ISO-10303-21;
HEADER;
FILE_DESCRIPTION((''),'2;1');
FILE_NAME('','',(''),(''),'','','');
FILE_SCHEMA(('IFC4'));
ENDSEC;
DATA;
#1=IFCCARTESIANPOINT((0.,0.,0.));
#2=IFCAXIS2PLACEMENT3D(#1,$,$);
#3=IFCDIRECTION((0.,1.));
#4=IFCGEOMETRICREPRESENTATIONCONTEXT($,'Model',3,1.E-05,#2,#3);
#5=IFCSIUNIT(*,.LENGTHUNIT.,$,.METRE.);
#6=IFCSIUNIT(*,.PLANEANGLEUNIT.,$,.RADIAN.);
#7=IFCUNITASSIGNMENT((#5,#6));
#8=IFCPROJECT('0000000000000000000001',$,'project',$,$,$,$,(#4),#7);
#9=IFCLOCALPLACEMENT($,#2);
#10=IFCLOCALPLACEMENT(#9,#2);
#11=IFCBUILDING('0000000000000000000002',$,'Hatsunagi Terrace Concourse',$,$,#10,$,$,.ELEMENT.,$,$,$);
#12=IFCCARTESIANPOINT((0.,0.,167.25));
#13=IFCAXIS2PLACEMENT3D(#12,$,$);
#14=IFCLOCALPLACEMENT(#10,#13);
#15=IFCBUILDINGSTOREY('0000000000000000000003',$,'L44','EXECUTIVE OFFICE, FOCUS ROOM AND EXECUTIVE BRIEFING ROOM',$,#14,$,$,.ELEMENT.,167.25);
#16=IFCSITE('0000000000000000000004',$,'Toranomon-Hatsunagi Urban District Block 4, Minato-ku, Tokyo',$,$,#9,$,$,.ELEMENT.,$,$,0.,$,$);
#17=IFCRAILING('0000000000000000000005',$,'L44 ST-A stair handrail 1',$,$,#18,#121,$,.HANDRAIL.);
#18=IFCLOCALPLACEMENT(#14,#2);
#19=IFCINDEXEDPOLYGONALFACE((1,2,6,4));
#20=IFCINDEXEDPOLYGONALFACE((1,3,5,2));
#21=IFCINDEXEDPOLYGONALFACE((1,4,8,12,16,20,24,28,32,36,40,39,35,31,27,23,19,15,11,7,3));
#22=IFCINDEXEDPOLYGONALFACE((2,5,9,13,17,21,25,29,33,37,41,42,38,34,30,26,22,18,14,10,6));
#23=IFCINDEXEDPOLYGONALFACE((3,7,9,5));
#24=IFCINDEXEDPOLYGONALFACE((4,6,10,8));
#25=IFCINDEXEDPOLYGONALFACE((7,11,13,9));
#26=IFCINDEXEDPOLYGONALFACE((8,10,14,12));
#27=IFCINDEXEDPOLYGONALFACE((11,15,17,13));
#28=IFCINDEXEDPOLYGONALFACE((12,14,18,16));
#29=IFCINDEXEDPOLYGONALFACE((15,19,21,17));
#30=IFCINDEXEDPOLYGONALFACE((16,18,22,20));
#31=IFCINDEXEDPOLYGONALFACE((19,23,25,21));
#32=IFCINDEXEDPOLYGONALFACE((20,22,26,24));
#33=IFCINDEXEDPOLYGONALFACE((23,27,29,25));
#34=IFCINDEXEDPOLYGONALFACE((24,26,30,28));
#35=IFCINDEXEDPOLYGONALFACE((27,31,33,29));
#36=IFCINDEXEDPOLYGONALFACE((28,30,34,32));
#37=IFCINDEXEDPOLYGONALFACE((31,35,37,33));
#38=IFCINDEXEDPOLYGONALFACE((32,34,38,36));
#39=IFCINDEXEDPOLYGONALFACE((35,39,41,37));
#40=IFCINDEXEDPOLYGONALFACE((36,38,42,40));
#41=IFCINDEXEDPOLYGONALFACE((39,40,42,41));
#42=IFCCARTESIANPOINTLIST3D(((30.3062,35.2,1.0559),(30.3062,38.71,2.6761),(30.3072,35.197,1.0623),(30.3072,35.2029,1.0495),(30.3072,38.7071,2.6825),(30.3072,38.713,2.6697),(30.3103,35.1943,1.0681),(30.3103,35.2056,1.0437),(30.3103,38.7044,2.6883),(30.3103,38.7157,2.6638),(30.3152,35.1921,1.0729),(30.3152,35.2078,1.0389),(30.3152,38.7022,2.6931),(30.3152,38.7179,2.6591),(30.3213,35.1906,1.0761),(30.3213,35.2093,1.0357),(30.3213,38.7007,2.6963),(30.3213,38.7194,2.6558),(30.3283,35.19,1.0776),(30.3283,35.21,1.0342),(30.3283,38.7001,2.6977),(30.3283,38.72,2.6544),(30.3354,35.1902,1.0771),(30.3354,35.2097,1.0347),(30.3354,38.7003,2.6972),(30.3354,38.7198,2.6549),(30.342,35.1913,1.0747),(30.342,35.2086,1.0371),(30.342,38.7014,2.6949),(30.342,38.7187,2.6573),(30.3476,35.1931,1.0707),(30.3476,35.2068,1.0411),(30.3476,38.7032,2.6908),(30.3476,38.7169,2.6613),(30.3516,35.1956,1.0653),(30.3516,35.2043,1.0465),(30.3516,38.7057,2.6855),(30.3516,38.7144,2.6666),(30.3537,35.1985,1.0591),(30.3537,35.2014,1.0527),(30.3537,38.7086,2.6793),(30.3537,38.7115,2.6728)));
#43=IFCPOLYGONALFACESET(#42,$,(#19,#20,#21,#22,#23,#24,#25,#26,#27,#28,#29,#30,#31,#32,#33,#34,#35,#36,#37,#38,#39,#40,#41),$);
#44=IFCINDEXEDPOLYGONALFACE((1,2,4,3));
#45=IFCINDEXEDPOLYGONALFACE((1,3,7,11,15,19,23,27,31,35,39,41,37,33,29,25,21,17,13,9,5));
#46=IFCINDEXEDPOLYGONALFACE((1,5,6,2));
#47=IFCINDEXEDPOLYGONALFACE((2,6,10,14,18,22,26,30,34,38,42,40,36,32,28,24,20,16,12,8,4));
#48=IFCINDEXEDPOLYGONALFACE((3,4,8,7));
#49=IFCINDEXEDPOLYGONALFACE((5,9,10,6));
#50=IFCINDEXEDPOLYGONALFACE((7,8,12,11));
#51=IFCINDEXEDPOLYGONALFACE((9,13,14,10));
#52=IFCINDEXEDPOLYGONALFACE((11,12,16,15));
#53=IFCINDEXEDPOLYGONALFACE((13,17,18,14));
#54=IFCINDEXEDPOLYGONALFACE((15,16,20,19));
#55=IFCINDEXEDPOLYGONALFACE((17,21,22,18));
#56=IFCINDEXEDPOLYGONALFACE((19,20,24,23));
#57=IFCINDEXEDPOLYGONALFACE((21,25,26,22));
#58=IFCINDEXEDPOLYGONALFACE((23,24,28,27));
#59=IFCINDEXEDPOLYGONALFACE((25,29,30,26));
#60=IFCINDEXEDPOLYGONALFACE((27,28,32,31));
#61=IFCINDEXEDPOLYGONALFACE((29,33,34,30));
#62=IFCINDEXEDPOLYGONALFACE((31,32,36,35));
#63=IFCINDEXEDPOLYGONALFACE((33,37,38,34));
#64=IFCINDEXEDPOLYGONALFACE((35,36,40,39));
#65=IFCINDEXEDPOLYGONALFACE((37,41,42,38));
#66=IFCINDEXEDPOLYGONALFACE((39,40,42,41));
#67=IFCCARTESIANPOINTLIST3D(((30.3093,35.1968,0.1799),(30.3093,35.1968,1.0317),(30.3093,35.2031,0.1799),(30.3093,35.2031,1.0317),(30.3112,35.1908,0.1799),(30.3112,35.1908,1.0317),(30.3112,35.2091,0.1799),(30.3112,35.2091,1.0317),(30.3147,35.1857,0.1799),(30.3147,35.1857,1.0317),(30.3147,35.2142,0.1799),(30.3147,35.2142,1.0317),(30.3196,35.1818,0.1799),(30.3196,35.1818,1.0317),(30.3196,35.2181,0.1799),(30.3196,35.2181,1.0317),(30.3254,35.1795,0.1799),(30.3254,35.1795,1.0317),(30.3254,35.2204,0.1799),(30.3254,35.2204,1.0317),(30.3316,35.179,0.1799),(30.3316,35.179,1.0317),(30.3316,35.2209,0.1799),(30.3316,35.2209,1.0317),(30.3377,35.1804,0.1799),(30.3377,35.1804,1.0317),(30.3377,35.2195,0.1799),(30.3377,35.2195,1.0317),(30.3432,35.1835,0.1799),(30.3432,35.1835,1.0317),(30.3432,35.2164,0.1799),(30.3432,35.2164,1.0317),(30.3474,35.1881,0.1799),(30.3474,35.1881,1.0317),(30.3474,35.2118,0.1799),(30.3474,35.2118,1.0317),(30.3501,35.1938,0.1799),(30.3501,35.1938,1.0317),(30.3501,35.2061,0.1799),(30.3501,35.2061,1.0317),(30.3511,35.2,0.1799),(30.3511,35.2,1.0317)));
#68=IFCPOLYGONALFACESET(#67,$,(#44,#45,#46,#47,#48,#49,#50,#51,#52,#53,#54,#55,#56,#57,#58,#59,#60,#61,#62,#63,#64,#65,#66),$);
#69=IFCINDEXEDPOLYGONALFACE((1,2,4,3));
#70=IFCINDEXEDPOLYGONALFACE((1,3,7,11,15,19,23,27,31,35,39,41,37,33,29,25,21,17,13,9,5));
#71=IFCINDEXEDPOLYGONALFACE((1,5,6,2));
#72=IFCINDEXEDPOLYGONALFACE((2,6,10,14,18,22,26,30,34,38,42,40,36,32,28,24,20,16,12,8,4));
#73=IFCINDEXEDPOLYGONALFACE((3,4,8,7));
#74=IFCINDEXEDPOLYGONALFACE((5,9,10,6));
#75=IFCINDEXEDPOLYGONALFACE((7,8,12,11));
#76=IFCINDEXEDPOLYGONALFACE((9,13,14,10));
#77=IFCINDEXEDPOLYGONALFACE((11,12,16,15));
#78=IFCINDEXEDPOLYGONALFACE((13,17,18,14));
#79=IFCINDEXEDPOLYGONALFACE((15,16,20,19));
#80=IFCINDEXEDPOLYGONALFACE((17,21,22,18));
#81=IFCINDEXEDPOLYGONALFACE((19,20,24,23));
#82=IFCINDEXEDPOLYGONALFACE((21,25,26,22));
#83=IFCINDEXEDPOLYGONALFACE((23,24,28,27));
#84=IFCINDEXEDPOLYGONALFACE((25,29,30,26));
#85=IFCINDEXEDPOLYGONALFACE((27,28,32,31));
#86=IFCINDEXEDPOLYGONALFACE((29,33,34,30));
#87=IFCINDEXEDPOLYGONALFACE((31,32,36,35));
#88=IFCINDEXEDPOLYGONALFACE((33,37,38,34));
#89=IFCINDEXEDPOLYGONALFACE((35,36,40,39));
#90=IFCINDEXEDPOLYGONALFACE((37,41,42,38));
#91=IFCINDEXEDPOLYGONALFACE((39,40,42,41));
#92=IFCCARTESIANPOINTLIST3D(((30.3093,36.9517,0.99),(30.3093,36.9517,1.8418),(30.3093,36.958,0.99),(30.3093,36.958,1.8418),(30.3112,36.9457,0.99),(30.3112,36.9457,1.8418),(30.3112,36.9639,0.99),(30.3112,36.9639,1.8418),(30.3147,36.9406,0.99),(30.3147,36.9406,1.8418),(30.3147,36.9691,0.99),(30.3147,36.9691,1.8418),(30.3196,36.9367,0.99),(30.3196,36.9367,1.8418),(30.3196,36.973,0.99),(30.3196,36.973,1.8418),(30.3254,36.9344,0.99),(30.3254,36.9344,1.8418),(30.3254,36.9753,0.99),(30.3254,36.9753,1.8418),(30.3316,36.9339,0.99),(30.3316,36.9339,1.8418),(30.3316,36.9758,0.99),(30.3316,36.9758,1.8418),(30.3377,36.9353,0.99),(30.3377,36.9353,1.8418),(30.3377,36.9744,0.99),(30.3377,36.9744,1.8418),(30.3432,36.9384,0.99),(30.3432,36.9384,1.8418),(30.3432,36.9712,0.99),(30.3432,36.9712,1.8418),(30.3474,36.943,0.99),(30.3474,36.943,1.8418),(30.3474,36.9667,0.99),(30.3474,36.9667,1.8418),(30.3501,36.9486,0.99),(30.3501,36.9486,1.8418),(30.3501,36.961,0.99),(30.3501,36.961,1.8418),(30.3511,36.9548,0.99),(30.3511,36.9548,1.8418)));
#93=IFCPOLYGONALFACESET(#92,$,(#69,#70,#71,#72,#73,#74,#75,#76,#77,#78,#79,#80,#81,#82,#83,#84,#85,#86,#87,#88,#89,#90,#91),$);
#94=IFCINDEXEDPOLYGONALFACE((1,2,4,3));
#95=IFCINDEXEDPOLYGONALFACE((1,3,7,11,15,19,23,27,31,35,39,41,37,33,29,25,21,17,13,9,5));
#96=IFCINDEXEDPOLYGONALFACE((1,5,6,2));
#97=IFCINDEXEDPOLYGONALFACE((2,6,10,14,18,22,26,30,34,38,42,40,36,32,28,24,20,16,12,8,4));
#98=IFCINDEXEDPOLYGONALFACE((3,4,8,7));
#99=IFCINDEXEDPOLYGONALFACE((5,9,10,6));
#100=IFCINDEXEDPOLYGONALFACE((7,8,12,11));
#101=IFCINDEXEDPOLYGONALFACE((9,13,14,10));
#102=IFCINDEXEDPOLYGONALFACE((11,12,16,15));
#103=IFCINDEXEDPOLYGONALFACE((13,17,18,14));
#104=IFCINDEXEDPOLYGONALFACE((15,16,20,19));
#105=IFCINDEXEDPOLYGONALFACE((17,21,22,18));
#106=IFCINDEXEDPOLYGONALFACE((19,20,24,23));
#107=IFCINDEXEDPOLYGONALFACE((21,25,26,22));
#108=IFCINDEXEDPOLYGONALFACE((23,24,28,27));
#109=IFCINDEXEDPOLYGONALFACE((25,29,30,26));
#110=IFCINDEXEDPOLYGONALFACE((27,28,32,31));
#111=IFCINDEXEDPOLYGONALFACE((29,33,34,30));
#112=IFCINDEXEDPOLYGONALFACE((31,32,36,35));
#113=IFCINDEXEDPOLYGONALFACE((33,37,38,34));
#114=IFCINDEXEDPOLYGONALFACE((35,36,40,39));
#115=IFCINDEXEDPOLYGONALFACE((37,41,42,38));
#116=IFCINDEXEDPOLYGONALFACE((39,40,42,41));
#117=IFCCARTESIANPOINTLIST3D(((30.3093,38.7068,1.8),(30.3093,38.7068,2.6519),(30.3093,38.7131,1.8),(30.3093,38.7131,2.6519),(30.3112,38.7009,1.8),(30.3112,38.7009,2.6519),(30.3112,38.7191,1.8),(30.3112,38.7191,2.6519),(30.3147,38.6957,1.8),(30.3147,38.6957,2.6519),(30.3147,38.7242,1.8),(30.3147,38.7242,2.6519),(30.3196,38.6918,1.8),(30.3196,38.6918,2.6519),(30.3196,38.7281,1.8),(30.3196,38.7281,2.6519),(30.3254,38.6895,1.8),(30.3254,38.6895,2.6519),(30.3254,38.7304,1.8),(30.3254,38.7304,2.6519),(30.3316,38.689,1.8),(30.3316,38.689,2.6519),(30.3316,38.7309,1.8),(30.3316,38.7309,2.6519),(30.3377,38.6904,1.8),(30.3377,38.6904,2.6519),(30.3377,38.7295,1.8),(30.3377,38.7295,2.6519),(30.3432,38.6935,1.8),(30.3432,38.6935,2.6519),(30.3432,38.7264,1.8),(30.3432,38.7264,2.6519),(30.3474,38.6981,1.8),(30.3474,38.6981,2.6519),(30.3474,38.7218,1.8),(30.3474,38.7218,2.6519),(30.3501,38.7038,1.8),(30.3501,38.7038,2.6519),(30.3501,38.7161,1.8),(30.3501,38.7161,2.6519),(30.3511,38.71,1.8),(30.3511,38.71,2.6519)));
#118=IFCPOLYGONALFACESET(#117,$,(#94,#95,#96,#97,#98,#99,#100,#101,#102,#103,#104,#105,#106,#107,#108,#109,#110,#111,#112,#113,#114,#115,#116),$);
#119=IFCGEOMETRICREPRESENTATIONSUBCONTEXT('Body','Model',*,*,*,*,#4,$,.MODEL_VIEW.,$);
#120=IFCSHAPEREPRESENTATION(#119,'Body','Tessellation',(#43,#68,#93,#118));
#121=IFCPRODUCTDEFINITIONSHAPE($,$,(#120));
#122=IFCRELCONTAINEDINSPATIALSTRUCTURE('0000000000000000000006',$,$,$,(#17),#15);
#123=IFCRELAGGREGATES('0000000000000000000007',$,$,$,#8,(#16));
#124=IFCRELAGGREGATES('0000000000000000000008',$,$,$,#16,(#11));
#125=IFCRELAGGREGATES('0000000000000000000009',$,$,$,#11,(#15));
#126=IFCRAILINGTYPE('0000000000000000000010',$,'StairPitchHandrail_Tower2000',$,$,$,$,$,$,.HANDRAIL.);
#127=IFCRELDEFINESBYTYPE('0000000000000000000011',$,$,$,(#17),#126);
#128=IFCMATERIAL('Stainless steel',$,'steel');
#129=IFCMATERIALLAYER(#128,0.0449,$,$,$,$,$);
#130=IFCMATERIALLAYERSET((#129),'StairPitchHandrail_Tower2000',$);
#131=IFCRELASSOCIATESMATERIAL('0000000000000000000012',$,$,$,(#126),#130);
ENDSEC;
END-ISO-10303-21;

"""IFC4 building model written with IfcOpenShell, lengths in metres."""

from ifc_helpers import new_model, si_unit, direction, frame, origin, origin_2d, place, context, subcontext, project, spatial, circle, extrude, material, layer, layer_set, type_object, element, save


model = new_model("IFC4")

# Units and contexts
model_context = context("Model", 3, precision=1e-05, world=origin(), true_north=direction((0.0, 1.0)))
body_context = subcontext(model_context, "Body", "Model", "MODEL_VIEW")
ifc_project = project(units=[si_unit("LENGTHUNIT", "METRE"), si_unit("PLANEANGLEUNIT", "RADIAN")], contexts=[model_context])

# Site, building, storey
site_placement = place(None, origin())
site = spatial("IfcSite", under=ifc_project, at=site_placement, Name="Toranomon-Hatsunagi Urban District Block 4, Minato-ku, Tokyo", CompositionType="ELEMENT", RefElevation=0.0)
building_placement = place(site_placement, origin())
building = spatial("IfcBuilding", under=site, at=building_placement, Name="Hatsunagi Terrace Concourse", CompositionType="ELEMENT")
storey_placement = place(building_placement, frame((0.0, 0.0, 167.25)))
storey = spatial("IfcBuildingStorey", under=building, at=storey_placement, Name="L44", Description="EXECUTIVE OFFICE, FOCUS ROOM AND EXECUTIVE BRIEFING ROOM", CompositionType="ELEMENT", Elevation=167.25)

# Railing
ifc_material_1 = material(Name="Stainless steel", Category="steel")
ifc_layer_1 = layer(ifc_material_1, 0.0449)
ifc_layer_set_1 = layer_set([ifc_layer_1], Name="StairPitchHandrail_Tower2000")
railing_type_1 = type_object("IfcRailingType", Name="StairPitchHandrail_Tower2000", PredefinedType="HANDRAIL", material=ifc_layer_set_1)
railing_1_placement = place(storey_placement, frame((30.3301, 35.2, 0.1799)))
element("IfcRailing", 1, at=railing_1_placement, inside=storey, type_object=railing_type_1, Name="L44 ST-A stair handrail 1", PredefinedType="HANDRAIL", context=body_context, shape_type="SweptSolid", body=[
    extrude(circle(Radius=0.0239, at=origin_2d()), frame((0.0, 0.0, 0.876), z_axis=(0.0, 0.907948, 0.419082), x_axis=(-1.0, 0.0, 0.0)), (0.0, 0.0, 1.0), 3.866),
    extrude(circle(Radius=0.021, at=origin_2d()), origin(), (0.0, 0.0, 1.0), 0.8518),
    extrude(circle(Radius=0.021, at=origin_2d()), frame((0.0, 1.7549, 0.8101)), (0.0, 0.0, 1.0), 0.8518),
    extrude(circle(Radius=0.021, at=origin_2d()), frame((0.0, 3.51, 1.6201)), (0.0, 0.0, 1.0), 0.8518),
])

save(model, "model.ifc")
